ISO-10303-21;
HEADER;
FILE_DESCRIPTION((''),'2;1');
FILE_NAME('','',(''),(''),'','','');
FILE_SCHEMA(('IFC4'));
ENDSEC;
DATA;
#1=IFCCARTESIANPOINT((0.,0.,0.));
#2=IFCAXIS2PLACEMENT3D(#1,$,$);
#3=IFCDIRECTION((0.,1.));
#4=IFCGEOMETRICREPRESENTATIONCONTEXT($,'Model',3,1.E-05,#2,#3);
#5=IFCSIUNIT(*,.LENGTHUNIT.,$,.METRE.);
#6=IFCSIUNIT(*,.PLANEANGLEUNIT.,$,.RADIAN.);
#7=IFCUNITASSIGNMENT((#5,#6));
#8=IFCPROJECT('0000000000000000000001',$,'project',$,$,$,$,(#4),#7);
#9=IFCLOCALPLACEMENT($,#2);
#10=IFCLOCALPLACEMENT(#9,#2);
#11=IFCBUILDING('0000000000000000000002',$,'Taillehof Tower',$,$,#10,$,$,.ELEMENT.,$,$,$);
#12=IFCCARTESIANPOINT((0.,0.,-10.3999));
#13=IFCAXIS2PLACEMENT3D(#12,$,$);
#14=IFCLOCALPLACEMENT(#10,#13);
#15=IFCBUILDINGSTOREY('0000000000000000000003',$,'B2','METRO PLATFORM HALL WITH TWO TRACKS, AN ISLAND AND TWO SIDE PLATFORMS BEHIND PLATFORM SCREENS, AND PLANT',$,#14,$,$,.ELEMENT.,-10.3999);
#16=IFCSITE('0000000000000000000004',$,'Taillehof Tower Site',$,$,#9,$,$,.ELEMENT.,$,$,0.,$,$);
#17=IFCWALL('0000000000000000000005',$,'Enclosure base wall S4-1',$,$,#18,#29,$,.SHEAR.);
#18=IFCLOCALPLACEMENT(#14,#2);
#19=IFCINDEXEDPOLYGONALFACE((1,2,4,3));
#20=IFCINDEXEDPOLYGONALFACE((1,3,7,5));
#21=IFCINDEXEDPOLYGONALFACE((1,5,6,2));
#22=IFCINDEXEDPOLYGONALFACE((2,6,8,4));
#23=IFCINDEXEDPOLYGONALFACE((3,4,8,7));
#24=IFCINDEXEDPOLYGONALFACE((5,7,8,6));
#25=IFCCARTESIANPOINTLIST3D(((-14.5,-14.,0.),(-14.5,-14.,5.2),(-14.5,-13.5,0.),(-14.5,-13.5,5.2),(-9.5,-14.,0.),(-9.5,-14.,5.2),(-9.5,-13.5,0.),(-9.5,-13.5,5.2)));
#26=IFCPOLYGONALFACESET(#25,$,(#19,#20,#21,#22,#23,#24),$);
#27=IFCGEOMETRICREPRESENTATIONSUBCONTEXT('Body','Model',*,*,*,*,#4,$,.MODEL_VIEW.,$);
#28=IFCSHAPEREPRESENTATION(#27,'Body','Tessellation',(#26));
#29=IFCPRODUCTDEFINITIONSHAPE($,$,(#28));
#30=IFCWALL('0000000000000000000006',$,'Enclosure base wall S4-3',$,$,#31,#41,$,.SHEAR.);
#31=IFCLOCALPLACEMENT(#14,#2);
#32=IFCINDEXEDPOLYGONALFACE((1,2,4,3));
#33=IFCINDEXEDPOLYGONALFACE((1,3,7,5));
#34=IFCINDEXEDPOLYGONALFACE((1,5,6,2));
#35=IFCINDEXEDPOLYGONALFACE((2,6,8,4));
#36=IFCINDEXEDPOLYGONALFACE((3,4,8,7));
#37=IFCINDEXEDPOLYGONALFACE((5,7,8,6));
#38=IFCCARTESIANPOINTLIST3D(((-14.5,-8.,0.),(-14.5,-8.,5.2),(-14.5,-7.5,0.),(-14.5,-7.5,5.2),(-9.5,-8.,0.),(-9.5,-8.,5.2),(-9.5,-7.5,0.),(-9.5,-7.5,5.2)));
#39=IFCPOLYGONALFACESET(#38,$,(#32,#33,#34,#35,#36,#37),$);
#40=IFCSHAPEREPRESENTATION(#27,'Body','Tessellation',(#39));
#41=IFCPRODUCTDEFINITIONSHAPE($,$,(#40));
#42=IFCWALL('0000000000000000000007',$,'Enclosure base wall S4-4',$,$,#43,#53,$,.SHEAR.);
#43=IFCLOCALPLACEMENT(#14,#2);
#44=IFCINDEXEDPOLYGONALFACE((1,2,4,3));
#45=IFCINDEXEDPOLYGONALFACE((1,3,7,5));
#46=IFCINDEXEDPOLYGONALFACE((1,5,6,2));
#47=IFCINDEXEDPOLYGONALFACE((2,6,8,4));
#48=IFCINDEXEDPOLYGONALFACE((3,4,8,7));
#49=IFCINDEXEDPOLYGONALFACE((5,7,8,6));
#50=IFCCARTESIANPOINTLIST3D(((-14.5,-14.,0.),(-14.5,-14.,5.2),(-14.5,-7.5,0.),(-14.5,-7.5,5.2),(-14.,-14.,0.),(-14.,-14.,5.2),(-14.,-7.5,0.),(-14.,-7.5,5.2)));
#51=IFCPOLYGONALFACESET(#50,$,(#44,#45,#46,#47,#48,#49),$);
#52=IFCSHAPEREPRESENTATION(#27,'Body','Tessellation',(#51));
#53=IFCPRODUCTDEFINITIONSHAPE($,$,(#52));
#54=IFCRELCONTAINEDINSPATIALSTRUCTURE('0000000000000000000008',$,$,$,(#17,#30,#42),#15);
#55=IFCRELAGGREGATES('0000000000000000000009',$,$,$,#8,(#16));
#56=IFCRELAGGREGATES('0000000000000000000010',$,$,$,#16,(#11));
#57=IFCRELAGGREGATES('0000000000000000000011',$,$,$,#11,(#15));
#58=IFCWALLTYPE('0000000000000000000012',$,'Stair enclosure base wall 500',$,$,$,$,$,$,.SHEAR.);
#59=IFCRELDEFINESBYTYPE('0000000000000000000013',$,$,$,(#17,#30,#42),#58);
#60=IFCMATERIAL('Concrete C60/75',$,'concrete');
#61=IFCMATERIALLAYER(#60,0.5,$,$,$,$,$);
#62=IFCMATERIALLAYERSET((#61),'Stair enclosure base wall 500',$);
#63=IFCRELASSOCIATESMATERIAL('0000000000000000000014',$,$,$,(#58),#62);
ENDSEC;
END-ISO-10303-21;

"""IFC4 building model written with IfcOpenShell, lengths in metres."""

from ifc_helpers import new_model, si_unit, direction, frame, frame_2d, origin, place, context, subcontext, project, spatial, rectangle, extrude, material, layer, layer_set, type_object, element, save


model = new_model("IFC4")

# Units and contexts
model_context = context("Model", 3, precision=1e-05, world=origin(), true_north=direction((0.0, 1.0)))
body_context = subcontext(model_context, "Body", "Model", "MODEL_VIEW")
ifc_project = project(units=[si_unit("LENGTHUNIT", "METRE"), si_unit("PLANEANGLEUNIT", "RADIAN")], contexts=[model_context])

# Site, building, storey
site_placement = place(None, origin())
site = spatial("IfcSite", under=ifc_project, at=site_placement, Name="Taillehof Tower Site", CompositionType="ELEMENT", RefElevation=0.0)
building_placement = place(site_placement, origin())
building = spatial("IfcBuilding", under=site, at=building_placement, Name="Taillehof Tower", CompositionType="ELEMENT")
storey_placement = place(building_placement, frame((0.0, 0.0, -10.3999)))
storey = spatial("IfcBuildingStorey", under=building, at=storey_placement, Name="B2", Description="METRO PLATFORM HALL WITH TWO TRACKS, AN ISLAND AND TWO SIDE PLATFORMS BEHIND PLATFORM SCREENS, AND PLANT", CompositionType="ELEMENT", Elevation=-10.3999)

# Walls
ifc_material_1 = material(Name="Concrete C60/75", Category="concrete")
ifc_layer = layer(ifc_material_1, 0.5)
ifc_layer_set = layer_set([ifc_layer], Name="Stair enclosure base wall 500")
wall_type = type_object("IfcWallType", Name="Stair enclosure base wall 500", PredefinedType="SHEAR", material=ifc_layer_set)
for number, where, z_axis, x_axis, name in (
    (1, (-14.5, -13.75, 0.0), (0.0, 0.0, 1.0), (1.0, 0.0, 0.0), "Enclosure base wall S4-1"),
    (2, (-9.5, -7.75, 0.0), (0.0, 0.0, 1.0), (-1.0, 0.0, 0.0), "Enclosure base wall S4-3"),
):
    element("IfcWall", number, at=place(storey_placement, frame(where, z_axis=z_axis, x_axis=x_axis)), inside=storey, type_object=wall_type, Name=name, PredefinedType="SHEAR", context=body_context, shape_type="SweptSolid", body=[
        extrude(rectangle(XDim=5.0, YDim=0.5, at=frame_2d((2.5, 0.0))), origin(), (0.0, 0.0, 1.0), 5.2),
    ])
wall_placement = place(storey_placement, frame((-14.25, -7.5, 0.0), z_axis=(0.0, 0.0, 1.0), x_axis=(0.0, -1.0, 0.0)))
element("IfcWall", 3, at=wall_placement, inside=storey, type_object=wall_type, Name="Enclosure base wall S4-4", PredefinedType="SHEAR", context=body_context, shape_type="SweptSolid", body=[
    extrude(rectangle(XDim=6.5, YDim=0.5, at=frame_2d((3.25, 0.0))), origin(), (0.0, 0.0, 1.0), 5.2),
])

save(model, "model.ifc")
